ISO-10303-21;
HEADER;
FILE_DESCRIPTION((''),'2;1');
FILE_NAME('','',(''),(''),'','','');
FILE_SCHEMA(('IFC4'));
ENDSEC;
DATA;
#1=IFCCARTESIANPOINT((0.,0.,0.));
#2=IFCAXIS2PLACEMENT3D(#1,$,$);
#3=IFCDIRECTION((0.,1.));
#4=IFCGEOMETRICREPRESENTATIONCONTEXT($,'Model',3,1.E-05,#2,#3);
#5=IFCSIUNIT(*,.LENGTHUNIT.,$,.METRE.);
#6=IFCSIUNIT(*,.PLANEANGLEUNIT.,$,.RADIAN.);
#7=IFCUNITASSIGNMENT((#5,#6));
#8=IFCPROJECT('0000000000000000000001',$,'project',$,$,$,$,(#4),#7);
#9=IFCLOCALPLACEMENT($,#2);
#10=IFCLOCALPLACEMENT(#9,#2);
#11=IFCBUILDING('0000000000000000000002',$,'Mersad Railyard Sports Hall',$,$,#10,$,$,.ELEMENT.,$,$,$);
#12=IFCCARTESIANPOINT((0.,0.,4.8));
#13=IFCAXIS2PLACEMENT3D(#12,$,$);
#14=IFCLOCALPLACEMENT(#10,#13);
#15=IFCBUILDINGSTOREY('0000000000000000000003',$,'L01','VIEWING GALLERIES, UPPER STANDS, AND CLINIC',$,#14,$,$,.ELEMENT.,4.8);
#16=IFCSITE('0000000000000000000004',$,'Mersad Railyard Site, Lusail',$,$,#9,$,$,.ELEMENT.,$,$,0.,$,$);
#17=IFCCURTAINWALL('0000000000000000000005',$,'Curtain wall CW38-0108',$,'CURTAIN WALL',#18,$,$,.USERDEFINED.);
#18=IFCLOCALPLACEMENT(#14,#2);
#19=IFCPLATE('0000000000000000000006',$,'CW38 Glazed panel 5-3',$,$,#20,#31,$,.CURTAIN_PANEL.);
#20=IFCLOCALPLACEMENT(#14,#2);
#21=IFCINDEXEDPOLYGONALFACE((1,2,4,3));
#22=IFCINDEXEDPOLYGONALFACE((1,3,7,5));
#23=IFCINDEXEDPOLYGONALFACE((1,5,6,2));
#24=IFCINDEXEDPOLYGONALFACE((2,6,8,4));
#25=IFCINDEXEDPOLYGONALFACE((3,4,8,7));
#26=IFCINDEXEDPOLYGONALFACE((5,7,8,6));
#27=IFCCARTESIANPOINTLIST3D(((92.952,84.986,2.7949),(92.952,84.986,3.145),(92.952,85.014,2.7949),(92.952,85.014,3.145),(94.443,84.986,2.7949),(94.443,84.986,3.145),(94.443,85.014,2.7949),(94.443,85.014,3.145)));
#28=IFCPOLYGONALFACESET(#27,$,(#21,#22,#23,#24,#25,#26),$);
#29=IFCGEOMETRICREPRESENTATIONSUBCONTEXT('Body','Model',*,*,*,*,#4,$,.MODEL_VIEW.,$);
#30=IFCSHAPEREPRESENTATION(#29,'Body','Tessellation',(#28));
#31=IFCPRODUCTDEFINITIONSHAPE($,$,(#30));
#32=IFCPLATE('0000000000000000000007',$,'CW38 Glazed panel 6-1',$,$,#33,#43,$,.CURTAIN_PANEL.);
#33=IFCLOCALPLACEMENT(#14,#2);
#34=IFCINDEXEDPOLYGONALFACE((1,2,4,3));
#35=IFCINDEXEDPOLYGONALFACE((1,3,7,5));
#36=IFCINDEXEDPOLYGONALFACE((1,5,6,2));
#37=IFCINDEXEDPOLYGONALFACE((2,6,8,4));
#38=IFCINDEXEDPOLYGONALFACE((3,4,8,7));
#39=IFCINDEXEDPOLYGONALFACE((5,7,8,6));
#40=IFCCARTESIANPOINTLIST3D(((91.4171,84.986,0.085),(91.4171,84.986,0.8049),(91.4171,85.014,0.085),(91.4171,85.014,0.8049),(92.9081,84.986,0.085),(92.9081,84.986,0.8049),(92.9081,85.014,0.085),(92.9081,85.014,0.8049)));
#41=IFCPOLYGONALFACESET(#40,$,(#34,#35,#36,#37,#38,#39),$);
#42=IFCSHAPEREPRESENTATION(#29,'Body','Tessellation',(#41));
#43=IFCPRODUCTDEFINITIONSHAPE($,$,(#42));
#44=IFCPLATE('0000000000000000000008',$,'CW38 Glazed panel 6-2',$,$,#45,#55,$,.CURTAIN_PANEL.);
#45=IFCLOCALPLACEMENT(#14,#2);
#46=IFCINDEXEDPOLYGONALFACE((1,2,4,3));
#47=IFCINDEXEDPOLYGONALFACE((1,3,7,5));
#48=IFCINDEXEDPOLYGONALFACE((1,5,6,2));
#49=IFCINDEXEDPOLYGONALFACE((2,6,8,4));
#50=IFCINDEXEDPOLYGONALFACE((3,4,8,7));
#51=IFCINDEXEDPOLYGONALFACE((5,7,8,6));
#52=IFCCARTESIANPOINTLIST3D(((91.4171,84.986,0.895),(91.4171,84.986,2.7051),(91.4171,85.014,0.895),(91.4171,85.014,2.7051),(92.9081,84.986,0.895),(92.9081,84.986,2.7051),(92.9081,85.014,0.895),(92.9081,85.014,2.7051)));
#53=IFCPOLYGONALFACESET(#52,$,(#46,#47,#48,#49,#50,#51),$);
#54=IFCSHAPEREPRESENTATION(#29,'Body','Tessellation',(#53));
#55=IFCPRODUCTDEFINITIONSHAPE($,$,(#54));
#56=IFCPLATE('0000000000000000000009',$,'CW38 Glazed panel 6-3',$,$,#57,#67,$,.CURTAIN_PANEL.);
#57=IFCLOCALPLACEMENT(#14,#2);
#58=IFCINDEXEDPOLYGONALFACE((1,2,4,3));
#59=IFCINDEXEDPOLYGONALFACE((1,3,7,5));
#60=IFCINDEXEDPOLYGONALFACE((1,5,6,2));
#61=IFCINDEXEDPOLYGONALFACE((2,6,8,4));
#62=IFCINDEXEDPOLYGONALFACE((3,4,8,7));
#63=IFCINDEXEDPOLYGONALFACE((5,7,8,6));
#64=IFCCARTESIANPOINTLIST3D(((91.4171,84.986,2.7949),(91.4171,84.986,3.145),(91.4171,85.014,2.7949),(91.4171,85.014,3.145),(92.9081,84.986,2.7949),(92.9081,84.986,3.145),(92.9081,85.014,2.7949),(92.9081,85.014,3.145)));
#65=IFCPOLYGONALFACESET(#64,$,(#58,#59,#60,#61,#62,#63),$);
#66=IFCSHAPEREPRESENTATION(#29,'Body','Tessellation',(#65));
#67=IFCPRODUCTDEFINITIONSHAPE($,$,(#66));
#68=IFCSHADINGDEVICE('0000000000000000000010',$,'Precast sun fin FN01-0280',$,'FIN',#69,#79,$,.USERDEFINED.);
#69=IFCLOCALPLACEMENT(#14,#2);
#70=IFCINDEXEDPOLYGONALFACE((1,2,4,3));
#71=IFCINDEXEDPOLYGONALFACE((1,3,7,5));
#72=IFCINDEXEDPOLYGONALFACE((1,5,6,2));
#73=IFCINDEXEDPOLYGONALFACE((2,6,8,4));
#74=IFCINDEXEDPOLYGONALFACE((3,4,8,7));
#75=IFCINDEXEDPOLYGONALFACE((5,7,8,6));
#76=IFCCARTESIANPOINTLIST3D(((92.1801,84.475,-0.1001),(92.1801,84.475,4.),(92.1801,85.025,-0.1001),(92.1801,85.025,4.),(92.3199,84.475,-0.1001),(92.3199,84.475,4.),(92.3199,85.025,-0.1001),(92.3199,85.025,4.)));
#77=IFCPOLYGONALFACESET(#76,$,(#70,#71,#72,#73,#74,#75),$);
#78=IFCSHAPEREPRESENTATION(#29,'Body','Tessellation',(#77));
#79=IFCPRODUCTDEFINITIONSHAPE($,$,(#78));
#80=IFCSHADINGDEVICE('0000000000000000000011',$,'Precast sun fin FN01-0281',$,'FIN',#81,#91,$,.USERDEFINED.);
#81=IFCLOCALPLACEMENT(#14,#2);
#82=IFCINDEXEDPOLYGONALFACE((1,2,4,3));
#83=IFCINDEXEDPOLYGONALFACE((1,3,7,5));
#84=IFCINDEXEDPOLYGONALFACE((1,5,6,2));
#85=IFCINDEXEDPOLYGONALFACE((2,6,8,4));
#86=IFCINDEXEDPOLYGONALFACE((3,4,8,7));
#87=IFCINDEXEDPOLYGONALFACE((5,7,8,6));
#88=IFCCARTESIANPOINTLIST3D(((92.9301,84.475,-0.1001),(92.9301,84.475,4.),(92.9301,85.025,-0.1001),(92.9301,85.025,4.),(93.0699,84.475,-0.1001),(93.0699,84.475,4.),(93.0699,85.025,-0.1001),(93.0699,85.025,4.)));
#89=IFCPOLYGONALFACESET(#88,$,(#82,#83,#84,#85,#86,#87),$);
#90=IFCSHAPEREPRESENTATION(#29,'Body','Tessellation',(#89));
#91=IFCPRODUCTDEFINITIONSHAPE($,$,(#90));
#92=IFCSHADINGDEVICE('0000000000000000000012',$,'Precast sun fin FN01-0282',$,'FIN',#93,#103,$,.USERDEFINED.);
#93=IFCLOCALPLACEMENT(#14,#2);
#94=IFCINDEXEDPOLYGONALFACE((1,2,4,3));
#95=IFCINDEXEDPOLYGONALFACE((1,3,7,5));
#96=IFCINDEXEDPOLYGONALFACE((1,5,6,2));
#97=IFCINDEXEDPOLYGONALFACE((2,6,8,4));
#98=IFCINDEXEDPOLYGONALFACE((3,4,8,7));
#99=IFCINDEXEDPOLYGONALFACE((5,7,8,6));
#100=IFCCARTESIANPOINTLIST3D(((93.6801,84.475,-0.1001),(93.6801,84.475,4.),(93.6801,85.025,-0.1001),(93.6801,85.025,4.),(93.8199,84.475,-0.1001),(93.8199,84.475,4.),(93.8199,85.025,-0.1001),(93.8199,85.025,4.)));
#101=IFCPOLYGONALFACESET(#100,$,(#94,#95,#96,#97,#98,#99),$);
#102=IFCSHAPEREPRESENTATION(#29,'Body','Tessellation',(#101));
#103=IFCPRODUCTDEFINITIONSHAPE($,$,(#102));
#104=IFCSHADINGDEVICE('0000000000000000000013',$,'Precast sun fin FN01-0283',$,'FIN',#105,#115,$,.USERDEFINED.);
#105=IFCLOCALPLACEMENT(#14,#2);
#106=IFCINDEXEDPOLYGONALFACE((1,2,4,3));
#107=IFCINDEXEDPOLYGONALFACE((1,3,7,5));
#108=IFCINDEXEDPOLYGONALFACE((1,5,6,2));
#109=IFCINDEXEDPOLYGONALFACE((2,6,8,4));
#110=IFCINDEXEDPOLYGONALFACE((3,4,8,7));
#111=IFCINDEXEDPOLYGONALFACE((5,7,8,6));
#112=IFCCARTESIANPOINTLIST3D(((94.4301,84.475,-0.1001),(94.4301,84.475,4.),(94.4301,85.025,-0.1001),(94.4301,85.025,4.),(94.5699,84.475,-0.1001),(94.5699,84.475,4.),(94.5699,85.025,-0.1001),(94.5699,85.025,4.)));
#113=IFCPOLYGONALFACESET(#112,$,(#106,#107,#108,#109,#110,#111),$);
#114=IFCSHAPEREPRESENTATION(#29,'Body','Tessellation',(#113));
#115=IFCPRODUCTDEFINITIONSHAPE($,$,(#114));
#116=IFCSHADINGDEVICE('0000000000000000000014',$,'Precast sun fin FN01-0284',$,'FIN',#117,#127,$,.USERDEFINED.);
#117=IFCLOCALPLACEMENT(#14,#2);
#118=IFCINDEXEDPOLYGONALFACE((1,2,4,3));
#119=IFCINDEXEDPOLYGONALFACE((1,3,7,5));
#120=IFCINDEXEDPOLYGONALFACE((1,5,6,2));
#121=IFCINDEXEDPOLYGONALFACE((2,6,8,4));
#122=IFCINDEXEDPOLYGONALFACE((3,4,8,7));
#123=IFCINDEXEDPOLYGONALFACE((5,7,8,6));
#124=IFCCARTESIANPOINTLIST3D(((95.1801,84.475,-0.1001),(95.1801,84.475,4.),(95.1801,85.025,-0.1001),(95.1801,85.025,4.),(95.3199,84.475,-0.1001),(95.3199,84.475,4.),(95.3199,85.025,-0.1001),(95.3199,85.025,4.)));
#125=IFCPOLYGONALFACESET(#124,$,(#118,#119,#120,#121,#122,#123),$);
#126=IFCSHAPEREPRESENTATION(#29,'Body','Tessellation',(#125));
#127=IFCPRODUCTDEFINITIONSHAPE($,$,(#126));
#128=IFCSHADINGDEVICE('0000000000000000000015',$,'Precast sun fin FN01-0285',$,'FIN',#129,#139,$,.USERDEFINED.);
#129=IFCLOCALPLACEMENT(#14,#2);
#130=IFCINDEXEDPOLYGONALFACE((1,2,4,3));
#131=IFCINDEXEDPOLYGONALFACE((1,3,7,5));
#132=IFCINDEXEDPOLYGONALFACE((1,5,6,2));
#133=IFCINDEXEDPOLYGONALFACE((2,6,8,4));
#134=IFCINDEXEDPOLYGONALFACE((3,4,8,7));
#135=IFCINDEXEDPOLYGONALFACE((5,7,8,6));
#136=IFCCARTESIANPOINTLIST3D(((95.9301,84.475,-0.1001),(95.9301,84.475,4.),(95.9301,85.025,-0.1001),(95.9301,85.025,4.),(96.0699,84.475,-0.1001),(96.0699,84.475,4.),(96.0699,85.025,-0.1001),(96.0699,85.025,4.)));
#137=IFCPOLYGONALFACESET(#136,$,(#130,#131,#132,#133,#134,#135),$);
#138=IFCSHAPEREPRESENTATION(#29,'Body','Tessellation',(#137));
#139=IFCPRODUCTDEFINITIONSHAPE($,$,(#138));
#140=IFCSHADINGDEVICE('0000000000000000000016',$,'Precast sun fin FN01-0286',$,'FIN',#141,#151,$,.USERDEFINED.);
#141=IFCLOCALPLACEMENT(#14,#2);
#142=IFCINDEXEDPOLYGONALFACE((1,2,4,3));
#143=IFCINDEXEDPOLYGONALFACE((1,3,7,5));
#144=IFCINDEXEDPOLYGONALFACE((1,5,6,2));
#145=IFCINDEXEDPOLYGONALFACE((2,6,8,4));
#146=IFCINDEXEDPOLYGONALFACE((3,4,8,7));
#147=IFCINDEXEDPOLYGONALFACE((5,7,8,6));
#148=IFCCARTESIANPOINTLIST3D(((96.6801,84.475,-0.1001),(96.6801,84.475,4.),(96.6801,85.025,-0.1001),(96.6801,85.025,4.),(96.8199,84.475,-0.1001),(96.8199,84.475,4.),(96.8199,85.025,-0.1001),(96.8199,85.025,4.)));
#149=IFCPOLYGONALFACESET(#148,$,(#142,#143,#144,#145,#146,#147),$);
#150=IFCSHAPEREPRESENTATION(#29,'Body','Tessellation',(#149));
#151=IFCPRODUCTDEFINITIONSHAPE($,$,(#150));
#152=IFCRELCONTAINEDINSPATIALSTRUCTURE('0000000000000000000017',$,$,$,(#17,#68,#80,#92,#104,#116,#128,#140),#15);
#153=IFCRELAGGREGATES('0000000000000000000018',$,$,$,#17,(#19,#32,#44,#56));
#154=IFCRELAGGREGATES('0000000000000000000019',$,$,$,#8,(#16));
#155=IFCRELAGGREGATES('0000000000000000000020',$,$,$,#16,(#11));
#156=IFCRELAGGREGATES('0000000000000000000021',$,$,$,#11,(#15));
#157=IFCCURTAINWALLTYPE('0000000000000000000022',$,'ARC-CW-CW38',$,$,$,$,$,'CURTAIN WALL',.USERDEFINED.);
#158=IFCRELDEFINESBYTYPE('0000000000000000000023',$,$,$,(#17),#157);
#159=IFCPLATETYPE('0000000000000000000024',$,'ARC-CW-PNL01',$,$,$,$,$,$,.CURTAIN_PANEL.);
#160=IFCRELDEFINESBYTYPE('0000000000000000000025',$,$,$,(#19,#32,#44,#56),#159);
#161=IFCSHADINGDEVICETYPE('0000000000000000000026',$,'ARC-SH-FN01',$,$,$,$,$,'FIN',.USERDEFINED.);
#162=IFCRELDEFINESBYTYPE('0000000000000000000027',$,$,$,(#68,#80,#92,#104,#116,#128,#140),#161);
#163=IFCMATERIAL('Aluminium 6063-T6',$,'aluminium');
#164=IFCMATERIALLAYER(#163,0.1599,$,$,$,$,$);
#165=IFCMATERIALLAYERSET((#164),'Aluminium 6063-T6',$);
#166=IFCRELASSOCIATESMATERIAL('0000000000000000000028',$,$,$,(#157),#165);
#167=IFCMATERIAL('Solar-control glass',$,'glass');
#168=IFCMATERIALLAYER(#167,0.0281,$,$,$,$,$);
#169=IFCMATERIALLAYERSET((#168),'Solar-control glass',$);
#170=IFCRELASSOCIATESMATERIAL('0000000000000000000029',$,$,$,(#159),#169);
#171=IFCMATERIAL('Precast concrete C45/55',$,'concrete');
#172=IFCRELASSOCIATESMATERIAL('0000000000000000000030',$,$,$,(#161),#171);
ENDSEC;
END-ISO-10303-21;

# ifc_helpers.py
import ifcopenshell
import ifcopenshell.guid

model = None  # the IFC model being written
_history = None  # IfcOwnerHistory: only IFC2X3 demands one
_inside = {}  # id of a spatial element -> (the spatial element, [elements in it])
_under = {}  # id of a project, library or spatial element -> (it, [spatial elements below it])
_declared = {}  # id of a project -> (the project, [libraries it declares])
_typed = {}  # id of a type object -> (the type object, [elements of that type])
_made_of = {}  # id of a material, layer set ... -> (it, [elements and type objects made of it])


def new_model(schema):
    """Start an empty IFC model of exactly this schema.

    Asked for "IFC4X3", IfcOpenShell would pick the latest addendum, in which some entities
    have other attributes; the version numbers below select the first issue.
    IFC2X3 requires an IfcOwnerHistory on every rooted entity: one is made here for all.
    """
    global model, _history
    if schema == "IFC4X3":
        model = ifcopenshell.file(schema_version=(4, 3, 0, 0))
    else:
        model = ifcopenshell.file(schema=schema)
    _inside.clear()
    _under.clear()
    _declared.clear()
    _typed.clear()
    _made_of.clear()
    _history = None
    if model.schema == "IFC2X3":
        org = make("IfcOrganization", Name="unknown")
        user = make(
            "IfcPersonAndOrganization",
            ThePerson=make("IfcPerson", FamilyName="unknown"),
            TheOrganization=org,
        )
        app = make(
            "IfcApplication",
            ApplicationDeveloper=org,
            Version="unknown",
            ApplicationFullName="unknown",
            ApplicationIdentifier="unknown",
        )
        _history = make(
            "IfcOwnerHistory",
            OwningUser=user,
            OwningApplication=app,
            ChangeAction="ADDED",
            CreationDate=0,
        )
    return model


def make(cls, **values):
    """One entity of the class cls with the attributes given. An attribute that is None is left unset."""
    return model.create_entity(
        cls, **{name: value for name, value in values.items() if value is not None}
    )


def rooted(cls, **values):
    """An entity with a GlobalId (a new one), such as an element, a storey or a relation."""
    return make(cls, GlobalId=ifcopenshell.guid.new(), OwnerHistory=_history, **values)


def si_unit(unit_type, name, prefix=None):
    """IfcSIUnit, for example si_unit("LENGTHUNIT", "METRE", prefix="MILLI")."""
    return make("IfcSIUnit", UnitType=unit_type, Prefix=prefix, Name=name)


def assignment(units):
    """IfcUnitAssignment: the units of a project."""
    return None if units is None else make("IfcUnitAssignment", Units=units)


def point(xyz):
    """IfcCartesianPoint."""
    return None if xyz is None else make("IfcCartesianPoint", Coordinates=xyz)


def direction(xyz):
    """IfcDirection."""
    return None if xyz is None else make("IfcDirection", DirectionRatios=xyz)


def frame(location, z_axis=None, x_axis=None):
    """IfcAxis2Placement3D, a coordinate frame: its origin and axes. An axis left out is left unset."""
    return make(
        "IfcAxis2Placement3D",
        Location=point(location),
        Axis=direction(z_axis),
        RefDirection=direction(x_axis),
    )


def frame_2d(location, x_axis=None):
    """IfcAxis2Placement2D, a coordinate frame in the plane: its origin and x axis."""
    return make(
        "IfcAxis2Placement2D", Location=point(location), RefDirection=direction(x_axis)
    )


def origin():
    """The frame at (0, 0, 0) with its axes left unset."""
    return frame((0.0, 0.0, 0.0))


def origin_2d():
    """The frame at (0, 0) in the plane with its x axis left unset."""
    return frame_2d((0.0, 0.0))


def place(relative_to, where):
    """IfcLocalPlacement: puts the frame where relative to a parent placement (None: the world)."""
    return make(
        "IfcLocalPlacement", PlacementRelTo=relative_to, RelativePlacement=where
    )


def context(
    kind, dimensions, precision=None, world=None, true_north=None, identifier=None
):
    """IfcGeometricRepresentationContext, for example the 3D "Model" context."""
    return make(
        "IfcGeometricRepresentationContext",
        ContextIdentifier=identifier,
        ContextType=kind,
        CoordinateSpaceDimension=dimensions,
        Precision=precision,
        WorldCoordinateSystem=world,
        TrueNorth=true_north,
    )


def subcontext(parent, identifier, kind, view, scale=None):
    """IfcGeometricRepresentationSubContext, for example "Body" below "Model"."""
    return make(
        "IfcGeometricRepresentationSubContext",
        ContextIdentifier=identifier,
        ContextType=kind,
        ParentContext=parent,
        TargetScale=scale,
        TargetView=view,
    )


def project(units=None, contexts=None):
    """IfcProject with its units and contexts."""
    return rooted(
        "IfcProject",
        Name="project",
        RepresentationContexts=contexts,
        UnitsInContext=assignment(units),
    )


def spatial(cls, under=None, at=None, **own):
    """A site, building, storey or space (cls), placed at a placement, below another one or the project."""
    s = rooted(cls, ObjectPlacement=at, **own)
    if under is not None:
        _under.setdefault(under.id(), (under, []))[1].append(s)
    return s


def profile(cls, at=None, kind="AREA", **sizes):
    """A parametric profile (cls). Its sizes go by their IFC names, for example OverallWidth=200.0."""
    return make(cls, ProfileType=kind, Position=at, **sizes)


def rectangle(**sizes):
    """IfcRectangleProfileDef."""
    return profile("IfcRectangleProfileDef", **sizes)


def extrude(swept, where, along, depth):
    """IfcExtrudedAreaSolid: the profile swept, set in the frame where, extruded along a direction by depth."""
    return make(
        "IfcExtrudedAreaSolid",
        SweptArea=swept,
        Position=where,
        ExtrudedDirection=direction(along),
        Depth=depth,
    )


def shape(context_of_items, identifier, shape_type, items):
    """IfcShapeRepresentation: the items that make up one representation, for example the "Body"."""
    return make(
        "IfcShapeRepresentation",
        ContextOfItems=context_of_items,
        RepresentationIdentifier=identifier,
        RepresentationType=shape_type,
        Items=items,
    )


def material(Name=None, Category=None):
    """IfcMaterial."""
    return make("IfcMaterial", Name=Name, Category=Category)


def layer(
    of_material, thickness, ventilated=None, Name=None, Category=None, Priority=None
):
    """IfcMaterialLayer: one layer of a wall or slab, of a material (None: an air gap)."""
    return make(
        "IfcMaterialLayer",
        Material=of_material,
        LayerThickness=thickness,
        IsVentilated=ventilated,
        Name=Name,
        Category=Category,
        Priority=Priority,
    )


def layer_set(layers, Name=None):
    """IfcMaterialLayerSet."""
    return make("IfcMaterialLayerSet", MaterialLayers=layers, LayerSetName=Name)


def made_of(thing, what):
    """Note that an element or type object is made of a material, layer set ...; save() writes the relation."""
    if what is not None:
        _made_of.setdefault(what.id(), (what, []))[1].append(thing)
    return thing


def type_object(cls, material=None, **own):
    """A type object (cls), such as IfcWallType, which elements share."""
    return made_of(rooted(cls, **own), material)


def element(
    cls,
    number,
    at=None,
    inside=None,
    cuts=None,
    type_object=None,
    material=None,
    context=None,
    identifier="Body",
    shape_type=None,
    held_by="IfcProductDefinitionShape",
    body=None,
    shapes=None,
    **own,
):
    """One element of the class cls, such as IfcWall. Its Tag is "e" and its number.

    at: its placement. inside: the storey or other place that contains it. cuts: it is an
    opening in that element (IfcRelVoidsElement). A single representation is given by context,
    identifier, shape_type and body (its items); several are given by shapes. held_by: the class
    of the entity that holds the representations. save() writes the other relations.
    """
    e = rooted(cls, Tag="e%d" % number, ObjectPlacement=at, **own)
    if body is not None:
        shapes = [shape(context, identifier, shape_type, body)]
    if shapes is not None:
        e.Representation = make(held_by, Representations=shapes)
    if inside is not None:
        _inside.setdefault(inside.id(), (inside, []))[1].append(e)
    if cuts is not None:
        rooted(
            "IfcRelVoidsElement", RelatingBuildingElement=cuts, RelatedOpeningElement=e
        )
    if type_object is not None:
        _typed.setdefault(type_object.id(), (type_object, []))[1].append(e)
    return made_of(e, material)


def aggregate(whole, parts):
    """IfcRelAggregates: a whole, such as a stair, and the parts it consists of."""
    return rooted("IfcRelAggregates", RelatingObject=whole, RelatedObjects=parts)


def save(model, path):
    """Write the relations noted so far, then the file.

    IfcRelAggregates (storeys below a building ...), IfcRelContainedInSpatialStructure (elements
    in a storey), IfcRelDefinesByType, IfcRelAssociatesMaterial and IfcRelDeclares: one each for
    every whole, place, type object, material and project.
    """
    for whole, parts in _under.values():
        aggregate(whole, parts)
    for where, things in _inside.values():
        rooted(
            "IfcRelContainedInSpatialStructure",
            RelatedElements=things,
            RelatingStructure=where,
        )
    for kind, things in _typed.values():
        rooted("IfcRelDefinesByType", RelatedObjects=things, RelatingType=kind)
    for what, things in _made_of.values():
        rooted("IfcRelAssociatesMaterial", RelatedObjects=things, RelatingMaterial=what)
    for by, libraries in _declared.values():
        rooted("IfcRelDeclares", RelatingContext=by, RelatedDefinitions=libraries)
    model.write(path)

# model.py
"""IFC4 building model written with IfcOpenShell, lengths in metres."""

from ifc_helpers import new_model, si_unit, direction, frame, origin, origin_2d, place, context, subcontext, project, spatial, rectangle, extrude, material, layer, layer_set, type_object, element, aggregate, save


model = new_model("IFC4")

# Units and contexts
model_context = context("Model", 3, precision=1e-05, world=origin(), true_north=direction((0.0, 1.0)))
body_context = subcontext(model_context, "Body", "Model", "MODEL_VIEW")
ifc_project = project(units=[si_unit("LENGTHUNIT", "METRE"), si_unit("PLANEANGLEUNIT", "RADIAN")], contexts=[model_context])

# Site, building, storey
site_placement = place(None, origin())
site = spatial("IfcSite", under=ifc_project, at=site_placement, Name="Mersad Railyard Site, Lusail", CompositionType="ELEMENT", RefElevation=0.0)
building_placement = place(site_placement, origin())
building = spatial("IfcBuilding", under=site, at=building_placement, Name="Mersad Railyard Sports Hall", CompositionType="ELEMENT")
storey_placement = place(building_placement, frame((0.0, 0.0, 4.8)))
storey = spatial("IfcBuildingStorey", under=building, at=storey_placement, Name="L01", Description="VIEWING GALLERIES, UPPER STANDS, AND CLINIC", CompositionType="ELEMENT", Elevation=4.8)

# Curtain wall, plates
ifc_material_1 = material(Name="Aluminium 6063-T6", Category="aluminium")
ifc_layer_1 = layer(ifc_material_1, 0.1599)
ifc_layer_set_1 = layer_set([ifc_layer_1], Name="Aluminium 6063-T6")
curtain_wall_type = type_object("IfcCurtainWallType", Name="ARC-CW-CW38", ElementType="CURTAIN WALL", PredefinedType="USERDEFINED", material=ifc_layer_set_1)
curtain_wall_placement = place(storey_placement, origin())
curtain_wall = element("IfcCurtainWall", 1, at=curtain_wall_placement, inside=storey, type_object=curtain_wall_type, Name="Curtain wall CW38-0108", ObjectType="CURTAIN WALL", PredefinedType="USERDEFINED")
ifc_material_2 = material(Name="Solar-control glass", Category="glass")
ifc_layer_2 = layer(ifc_material_2, 0.0281)
ifc_layer_set_2 = layer_set([ifc_layer_2], Name="Solar-control glass")
plate_type = type_object("IfcPlateType", Name="ARC-CW-PNL01", PredefinedType="CURTAIN_PANEL", material=ifc_layer_set_2)
plate_1_placement = place(storey_placement, frame((93.6975, 85.0, 2.7949), z_axis=(0.0, 0.0, 1.0), x_axis=(-1.0, 0.0, 0.0)))
plate_1 = element("IfcPlate", 2, at=plate_1_placement, type_object=plate_type, Name="CW38 Glazed panel 5-3", PredefinedType="CURTAIN_PANEL", context=body_context, shape_type="SweptSolid", body=[
    extrude(rectangle(XDim=1.491, YDim=0.0281, at=origin_2d()), origin(), (0.0, 0.0, 1.0), 0.3501),
])
plate_2_placement = place(storey_placement, frame((92.1626, 85.0, 0.085), z_axis=(0.0, 0.0, 1.0), x_axis=(-1.0, 0.0, 0.0)))
plate_2 = element("IfcPlate", 3, at=plate_2_placement, type_object=plate_type, Name="CW38 Glazed panel 6-1", PredefinedType="CURTAIN_PANEL", context=body_context, shape_type="SweptSolid", body=[
    extrude(rectangle(XDim=1.491, YDim=0.0281, at=origin_2d()), origin(), (0.0, 0.0, 1.0), 0.72),
])
plate_3_placement = place(storey_placement, frame((92.1626, 85.0, 0.895), z_axis=(0.0, 0.0, 1.0), x_axis=(-1.0, 0.0, 0.0)))
plate_3 = element("IfcPlate", 4, at=plate_3_placement, type_object=plate_type, Name="CW38 Glazed panel 6-2", PredefinedType="CURTAIN_PANEL", context=body_context, shape_type="SweptSolid", body=[
    extrude(rectangle(XDim=1.491, YDim=0.0281, at=origin_2d()), origin(), (0.0, 0.0, 1.0), 1.8101),
])
plate_4_placement = place(storey_placement, frame((92.1626, 85.0, 2.7949), z_axis=(0.0, 0.0, 1.0), x_axis=(-1.0, 0.0, 0.0)))
plate_4 = element("IfcPlate", 5, at=plate_4_placement, type_object=plate_type, Name="CW38 Glazed panel 6-3", PredefinedType="CURTAIN_PANEL", context=body_context, shape_type="SweptSolid", body=[
    extrude(rectangle(XDim=1.491, YDim=0.0281, at=origin_2d()), origin(), (0.0, 0.0, 1.0), 0.3501),
])
aggregate(curtain_wall, [plate_1, plate_2, plate_3, plate_4])

# Shading devices
ifc_material_3 = material(Name="Precast concrete C45/55", Category="concrete")
shading_device_type = type_object("IfcShadingDeviceType", Name="ARC-SH-FN01", ElementType="FIN", PredefinedType="USERDEFINED", material=ifc_material_3)
for number, where, z_axis, x_axis, name in (
    (6, (92.25, 84.75, -0.1001), (0.0, 0.0, 1.0), (1.0, 0.0, 0.0), "Precast sun fin FN01-0280"),
    (7, (93.0, 84.75, -0.1001), (0.0, 0.0, 1.0), (1.0, 0.0, 0.0), "Precast sun fin FN01-0281"),
    (8, (93.75, 84.75, -0.1001), (0.0, 0.0, 1.0), (1.0, 0.0, 0.0), "Precast sun fin FN01-0282"),
    (9, (94.5, 84.75, -0.1001), (0.0, 0.0, 1.0), (1.0, 0.0, 0.0), "Precast sun fin FN01-0283"),
    (10, (95.25, 84.75, -0.1001), (0.0, 0.0, 1.0), (1.0, 0.0, 0.0), "Precast sun fin FN01-0284"),
    (11, (96.0, 84.75, -0.1001), (0.0, 0.0, 1.0), (1.0, 0.0, 0.0), "Precast sun fin FN01-0285"),
    (12, (96.75, 84.75, -0.1001), (0.0, 0.0, 1.0), (1.0, 0.0, 0.0), "Precast sun fin FN01-0286"),
):
    element("IfcShadingDevice", number, at=place(storey_placement, frame(where, z_axis=z_axis, x_axis=x_axis)), inside=storey, type_object=shading_device_type, Name=name, ObjectType="FIN", PredefinedType="USERDEFINED", context=body_context, shape_type="SweptSolid", body=[
        extrude(rectangle(XDim=0.1399, YDim=0.55, at=origin_2d()), origin(), (0.0, 0.0, 1.0), 4.1001),
    ])

save(model, "model.ifc")
